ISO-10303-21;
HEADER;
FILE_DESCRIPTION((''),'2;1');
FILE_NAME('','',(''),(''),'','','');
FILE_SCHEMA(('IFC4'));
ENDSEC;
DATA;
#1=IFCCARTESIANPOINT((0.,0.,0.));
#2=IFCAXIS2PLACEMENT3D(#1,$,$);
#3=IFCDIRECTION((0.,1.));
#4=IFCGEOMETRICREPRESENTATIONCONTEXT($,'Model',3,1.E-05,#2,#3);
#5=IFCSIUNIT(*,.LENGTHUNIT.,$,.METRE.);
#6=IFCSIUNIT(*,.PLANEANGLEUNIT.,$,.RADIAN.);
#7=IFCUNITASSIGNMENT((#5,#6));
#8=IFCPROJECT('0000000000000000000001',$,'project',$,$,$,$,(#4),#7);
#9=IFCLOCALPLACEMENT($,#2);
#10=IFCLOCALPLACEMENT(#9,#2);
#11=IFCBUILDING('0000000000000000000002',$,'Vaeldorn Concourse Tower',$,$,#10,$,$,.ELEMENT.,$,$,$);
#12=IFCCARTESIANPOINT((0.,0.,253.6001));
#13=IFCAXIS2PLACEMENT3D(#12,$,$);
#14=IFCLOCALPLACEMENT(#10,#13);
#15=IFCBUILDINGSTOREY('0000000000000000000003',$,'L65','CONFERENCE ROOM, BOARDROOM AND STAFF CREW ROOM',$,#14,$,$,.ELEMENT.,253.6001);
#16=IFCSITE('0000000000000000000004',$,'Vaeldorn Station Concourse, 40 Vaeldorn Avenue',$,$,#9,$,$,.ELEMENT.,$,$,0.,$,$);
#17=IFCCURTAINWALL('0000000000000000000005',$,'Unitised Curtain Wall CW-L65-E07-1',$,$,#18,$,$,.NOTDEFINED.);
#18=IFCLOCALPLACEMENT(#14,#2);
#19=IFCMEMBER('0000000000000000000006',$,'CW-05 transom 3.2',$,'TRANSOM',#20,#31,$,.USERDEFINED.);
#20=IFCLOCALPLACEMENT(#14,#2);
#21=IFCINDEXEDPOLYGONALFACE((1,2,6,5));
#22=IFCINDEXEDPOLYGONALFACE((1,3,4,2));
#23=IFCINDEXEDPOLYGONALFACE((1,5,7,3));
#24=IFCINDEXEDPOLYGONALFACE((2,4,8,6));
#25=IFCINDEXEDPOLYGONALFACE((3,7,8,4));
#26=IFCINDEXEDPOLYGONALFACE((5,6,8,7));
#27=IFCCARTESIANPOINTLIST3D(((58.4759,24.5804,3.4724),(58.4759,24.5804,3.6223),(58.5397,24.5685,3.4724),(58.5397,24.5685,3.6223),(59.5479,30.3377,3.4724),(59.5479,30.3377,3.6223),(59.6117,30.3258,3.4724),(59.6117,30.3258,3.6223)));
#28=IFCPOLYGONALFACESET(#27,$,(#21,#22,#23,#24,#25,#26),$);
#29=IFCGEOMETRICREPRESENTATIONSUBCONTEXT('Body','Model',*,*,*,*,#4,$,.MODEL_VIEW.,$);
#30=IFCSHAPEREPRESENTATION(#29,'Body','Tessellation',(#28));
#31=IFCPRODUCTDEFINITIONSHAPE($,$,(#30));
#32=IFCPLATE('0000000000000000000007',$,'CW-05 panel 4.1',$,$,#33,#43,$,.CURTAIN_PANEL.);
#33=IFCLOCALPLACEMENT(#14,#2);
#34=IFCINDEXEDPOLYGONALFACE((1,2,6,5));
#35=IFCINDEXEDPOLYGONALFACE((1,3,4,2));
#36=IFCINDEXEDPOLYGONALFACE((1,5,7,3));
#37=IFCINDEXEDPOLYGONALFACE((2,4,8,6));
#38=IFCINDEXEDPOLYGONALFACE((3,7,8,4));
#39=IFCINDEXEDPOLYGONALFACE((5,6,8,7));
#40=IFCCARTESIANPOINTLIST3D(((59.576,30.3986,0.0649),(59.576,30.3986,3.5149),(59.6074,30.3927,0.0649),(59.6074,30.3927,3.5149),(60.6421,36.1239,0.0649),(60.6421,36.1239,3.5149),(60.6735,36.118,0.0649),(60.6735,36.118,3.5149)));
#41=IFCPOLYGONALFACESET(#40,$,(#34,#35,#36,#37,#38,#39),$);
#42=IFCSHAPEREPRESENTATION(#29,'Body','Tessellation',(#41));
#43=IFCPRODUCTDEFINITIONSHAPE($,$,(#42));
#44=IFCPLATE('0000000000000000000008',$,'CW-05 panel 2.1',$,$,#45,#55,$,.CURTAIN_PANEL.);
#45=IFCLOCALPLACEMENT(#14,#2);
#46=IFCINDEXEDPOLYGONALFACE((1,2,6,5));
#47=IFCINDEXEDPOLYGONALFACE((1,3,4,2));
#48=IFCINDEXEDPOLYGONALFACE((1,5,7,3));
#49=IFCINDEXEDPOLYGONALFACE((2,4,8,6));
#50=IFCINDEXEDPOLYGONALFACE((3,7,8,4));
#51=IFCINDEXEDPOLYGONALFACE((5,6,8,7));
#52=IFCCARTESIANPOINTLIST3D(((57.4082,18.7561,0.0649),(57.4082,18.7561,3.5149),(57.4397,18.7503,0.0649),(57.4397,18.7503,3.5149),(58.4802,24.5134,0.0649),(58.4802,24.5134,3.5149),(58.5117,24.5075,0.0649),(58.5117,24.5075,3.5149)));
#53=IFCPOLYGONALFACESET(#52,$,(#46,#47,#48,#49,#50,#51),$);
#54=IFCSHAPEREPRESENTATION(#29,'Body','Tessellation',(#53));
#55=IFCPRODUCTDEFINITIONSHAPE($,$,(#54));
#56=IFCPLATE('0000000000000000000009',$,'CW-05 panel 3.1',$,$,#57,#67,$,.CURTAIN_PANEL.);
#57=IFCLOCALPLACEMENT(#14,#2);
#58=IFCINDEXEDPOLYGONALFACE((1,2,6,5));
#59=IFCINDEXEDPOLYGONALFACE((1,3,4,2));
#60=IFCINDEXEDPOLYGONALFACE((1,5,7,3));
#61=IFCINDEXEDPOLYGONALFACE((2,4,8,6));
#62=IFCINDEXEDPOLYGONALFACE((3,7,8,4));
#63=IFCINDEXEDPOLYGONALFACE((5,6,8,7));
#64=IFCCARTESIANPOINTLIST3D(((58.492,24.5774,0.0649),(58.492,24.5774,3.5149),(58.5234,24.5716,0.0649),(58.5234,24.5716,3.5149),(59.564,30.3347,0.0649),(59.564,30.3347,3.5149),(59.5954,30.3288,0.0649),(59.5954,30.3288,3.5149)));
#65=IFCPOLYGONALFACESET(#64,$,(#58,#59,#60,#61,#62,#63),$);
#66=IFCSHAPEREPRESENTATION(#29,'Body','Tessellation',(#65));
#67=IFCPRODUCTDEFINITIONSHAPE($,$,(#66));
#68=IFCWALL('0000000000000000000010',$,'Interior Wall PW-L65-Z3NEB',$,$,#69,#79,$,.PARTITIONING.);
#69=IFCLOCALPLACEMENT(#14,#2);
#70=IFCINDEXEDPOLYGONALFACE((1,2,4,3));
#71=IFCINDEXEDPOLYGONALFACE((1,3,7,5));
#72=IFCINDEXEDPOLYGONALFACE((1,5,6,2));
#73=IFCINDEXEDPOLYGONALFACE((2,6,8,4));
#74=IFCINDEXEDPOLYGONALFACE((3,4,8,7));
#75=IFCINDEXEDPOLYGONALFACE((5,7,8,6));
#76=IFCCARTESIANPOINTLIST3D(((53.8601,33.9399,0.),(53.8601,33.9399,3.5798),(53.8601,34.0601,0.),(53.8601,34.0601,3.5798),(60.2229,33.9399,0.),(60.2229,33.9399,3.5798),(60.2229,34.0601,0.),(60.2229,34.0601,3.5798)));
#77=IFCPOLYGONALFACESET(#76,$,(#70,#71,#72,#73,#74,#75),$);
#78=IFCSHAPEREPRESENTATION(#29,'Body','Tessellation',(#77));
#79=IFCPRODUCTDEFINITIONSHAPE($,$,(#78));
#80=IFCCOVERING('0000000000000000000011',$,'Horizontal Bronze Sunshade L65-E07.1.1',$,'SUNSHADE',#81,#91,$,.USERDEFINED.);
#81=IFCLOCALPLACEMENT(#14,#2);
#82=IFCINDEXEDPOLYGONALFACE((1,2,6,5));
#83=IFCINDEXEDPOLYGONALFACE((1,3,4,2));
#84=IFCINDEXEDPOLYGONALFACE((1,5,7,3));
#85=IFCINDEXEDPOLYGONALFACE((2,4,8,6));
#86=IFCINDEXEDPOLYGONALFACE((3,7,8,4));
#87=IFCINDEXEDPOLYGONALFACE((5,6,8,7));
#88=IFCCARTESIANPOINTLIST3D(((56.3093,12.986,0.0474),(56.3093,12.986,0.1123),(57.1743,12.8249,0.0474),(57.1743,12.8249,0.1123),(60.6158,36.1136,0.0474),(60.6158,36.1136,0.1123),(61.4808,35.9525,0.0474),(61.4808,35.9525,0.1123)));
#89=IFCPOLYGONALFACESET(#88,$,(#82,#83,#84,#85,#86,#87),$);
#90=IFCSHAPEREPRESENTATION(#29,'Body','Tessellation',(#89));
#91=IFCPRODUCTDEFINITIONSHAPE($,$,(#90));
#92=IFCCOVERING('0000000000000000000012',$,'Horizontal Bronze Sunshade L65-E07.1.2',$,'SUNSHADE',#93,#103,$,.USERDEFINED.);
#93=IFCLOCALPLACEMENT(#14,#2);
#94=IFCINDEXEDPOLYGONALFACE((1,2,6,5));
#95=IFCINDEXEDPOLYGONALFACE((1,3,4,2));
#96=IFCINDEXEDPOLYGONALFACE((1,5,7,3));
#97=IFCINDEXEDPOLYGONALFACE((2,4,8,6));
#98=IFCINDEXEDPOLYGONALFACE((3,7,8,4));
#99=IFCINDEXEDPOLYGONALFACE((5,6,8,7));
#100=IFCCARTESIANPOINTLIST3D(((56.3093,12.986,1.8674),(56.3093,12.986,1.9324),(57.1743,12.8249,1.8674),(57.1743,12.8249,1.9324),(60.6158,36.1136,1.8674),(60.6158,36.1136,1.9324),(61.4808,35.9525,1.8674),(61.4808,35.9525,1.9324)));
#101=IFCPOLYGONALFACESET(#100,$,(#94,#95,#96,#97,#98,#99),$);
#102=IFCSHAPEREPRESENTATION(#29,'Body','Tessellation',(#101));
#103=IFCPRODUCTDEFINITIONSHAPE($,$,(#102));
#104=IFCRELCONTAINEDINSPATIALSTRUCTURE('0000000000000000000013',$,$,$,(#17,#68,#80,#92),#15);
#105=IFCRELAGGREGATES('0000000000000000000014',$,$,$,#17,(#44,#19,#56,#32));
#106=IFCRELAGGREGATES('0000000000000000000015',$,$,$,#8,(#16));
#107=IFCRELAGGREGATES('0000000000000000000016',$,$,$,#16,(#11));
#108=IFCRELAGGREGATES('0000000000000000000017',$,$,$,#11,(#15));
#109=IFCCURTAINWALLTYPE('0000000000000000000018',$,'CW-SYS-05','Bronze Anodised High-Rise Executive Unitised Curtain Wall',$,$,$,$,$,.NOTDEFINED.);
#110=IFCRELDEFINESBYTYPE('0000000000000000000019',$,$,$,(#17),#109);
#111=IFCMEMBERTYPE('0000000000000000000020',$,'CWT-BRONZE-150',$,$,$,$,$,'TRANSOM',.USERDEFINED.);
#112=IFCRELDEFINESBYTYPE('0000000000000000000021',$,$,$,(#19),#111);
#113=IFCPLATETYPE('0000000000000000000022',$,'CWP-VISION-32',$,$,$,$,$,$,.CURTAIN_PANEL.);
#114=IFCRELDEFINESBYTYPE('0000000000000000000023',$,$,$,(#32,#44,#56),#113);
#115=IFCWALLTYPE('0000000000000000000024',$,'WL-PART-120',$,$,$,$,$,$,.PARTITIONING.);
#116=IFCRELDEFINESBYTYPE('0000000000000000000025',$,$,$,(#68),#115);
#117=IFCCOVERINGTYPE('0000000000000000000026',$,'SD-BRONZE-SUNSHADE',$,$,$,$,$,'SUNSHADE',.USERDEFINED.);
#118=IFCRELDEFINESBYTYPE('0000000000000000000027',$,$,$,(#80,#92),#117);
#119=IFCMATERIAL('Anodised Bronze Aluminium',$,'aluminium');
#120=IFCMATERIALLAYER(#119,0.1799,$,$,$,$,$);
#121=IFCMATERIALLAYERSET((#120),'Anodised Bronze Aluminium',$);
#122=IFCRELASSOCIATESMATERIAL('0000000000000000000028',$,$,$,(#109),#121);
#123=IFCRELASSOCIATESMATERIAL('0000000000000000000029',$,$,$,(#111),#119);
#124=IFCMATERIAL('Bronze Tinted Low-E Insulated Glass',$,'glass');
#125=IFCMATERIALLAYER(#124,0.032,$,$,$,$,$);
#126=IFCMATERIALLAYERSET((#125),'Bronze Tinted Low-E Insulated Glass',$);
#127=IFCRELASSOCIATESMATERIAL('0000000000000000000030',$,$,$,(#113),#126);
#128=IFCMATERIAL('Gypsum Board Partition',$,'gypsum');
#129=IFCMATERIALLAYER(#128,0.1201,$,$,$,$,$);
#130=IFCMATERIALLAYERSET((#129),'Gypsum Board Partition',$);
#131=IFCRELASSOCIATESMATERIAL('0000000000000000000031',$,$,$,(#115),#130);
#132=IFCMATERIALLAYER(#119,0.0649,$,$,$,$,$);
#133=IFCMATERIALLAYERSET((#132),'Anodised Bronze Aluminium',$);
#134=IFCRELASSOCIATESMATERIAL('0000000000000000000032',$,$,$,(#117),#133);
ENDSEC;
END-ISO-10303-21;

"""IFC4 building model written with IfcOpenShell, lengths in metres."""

from ifc_helpers import new_model, si_unit, direction, frame, frame_2d, origin, origin_2d, place, context, subcontext, project, spatial, rectangle, extrude, source, transform, mapped, material, layer, layer_set, material_profile, profile_set, type_object, element, aggregate, save


model = new_model("IFC4")

# Units and contexts
model_context = context("Model", 3, precision=1e-05, world=origin(), true_north=direction((0.0, 1.0)))
body_context = subcontext(model_context, "Body", "Model", "MODEL_VIEW")
ifc_project = project(units=[si_unit("LENGTHUNIT", "METRE"), si_unit("PLANEANGLEUNIT", "RADIAN")], contexts=[model_context])

# Site, building, storey
site_placement = place(None, origin())
site = spatial("IfcSite", under=ifc_project, at=site_placement, Name="Vaeldorn Station Concourse, 40 Vaeldorn Avenue", CompositionType="ELEMENT", RefElevation=0.0)
building_placement = place(site_placement, origin())
building = spatial("IfcBuilding", under=site, at=building_placement, Name="Vaeldorn Concourse Tower", CompositionType="ELEMENT")
storey_placement = place(building_placement, frame((0.0, 0.0, 253.6001)))
storey = spatial("IfcBuildingStorey", under=building, at=storey_placement, Name="L65", Description="CONFERENCE ROOM, BOARDROOM AND STAFF CREW ROOM", CompositionType="ELEMENT", Elevation=253.6001)

# Curtain wall
ifc_material_1 = material(Name="Anodised Bronze Aluminium", Category="aluminium")
ifc_layer_1 = layer(ifc_material_1, 0.1799)
ifc_layer_set_1 = layer_set([ifc_layer_1], Name="Anodised Bronze Aluminium")
curtain_wall_type = type_object("IfcCurtainWallType", Name="CW-SYS-05", Description="Bronze Anodised High-Rise Executive Unitised Curtain Wall", PredefinedType="NOTDEFINED", material=ifc_layer_set_1)
curtain_wall_1_placement = place(storey_placement, origin())
curtain_wall_1 = element("IfcCurtainWall", 1, at=curtain_wall_1_placement, inside=storey, type_object=curtain_wall_type, Name="Unitised Curtain Wall CW-L65-E07-1", PredefinedType="NOTDEFINED")

# Member
ifc_material_profile_1 = material_profile(ifc_material_1, rectangle(XDim=0.0649, YDim=0.1499, at=origin_2d()), Name="CWT 65x150")
ifc_profile_set_1 = profile_set([ifc_material_profile_1], Name="Anodised Bronze Aluminium")
member_type_1 = type_object("IfcMemberType", Name="CWT-BRONZE-150", ElementType="TRANSOM", PredefinedType="USERDEFINED", material=ifc_profile_set_1)
shared_shape_1 = source(origin(), body_context, "Body", "SweptSolid", [
    extrude(rectangle(XDim=0.0649, YDim=0.1499, at=origin_2d()), origin(), (0.0, 0.0, 1.0), 5.8562),
])
member_1_placement = place(storey_placement, frame((58.5078, 24.5745, 3.5474), z_axis=(0.183055, 0.983103, 0.0), x_axis=(-0.983103, 0.183055, 0.0)))
member_1 = element("IfcMember", 2, at=member_1_placement, type_object=member_type_1, Name="CW-05 transom 3.2", ObjectType="TRANSOM", PredefinedType="USERDEFINED", context=body_context, shape_type="MappedRepresentation", body=[
    mapped(shared_shape_1, transform((0.0, 0.0, 0.0), scale=1.0)),
])

# Plates
ifc_material_2 = material(Name="Bronze Tinted Low-E Insulated Glass", Category="glass")
ifc_layer_2 = layer(ifc_material_2, 0.032)
ifc_layer_set_2 = layer_set([ifc_layer_2], Name="Bronze Tinted Low-E Insulated Glass")
plate_type = type_object("IfcPlateType", Name="CWP-VISION-32", PredefinedType="CURTAIN_PANEL", material=ifc_layer_set_2)
shared_shape_2 = source(origin(), body_context, "Body", "SweptSolid", [
    extrude(rectangle(XDim=5.8237, YDim=0.032, at=origin_2d()), origin(), (0.0, 0.0, 1.0), 3.45),
])
plate_1_placement = place(storey_placement, frame((60.1248, 33.2583, 0.0649), z_axis=(0.0, 0.0, 1.0), x_axis=(0.183055, 0.983103, 0.0)))
plate_1 = element("IfcPlate", 3, at=plate_1_placement, type_object=plate_type, Name="CW-05 panel 4.1", PredefinedType="CURTAIN_PANEL", context=body_context, shape_type="MappedRepresentation", body=[
    mapped(shared_shape_2, transform((0.0, 0.0, 0.0), scale=1.0)),
])
shared_shape_3 = source(origin(), body_context, "Body", "SweptSolid", [
    extrude(rectangle(XDim=5.8562, YDim=0.032, at=origin_2d()), origin(), (0.0, 0.0, 1.0), 3.45),
])
plate_2_placement = place(storey_placement, frame((57.96, 21.6318, 0.0649), z_axis=(0.0, 0.0, 1.0), x_axis=(0.183055, 0.983103, 0.0)))
plate_2 = element("IfcPlate", 4, at=plate_2_placement, type_object=plate_type, Name="CW-05 panel 2.1", PredefinedType="CURTAIN_PANEL", context=body_context, shape_type="MappedRepresentation", body=[
    mapped(shared_shape_3, transform((0.0, 0.0, 0.0), scale=1.0)),
])
plate_3_placement = place(storey_placement, frame((59.0437, 27.4531, 0.0649), z_axis=(0.0, 0.0, 1.0), x_axis=(0.183055, 0.983103, 0.0)))
plate_3 = element("IfcPlate", 5, at=plate_3_placement, type_object=plate_type, Name="CW-05 panel 3.1", PredefinedType="CURTAIN_PANEL", context=body_context, shape_type="MappedRepresentation", body=[
    mapped(shared_shape_3, transform((0.0, 0.0, 0.0), scale=1.0)),
])
aggregate(curtain_wall_1, [plate_2, member_1, plate_3, plate_1])

# Shared definitions
ifc_material_3 = material(Name="Gypsum Board Partition", Category="gypsum")
ifc_layer_3 = layer(ifc_material_3, 0.1201)
ifc_layer_set_3 = layer_set([ifc_layer_3], Name="Gypsum Board Partition")
wall_type = type_object("IfcWallType", Name="WL-PART-120", PredefinedType="PARTITIONING", material=ifc_layer_set_3)

# Wall
wall_1_placement = place(storey_placement, frame((53.8601, 34.0, 0.0), z_axis=(0.0, 0.0, 1.0), x_axis=(1.0, 0.0, 0.0)))
element("IfcWall", 6, at=wall_1_placement, inside=storey, type_object=wall_type, Name="Interior Wall PW-L65-Z3NEB", PredefinedType="PARTITIONING", context=body_context, shape_type="SweptSolid", body=[
    extrude(rectangle(XDim=6.3628, YDim=0.1201, at=frame_2d((3.1814, 0.0))), origin(), (0.0, 0.0, 1.0), 3.5798),
])

# Coverings
ifc_layer_4 = layer(ifc_material_1, 0.0649)
ifc_layer_set_4 = layer_set([ifc_layer_4], Name="Anodised Bronze Aluminium")
covering_type = type_object("IfcCoveringType", Name="SD-BRONZE-SUNSHADE", ElementType="SUNSHADE", PredefinedType="USERDEFINED", material=ifc_layer_set_4)
shared_shape_4 = source(origin(), body_context, "Body", "SweptSolid", [
    extrude(rectangle(XDim=23.5251, YDim=0.8799, at=origin_2d()), origin(), (0.0, 0.0, 1.0), 0.0649),
])
for number, where, z_axis, x_axis, name in (
    (7, (58.895, 24.4692, 0.0474), (0.0, 0.0, 1.0), (0.183059, 0.983102, 0.0), "Horizontal Bronze Sunshade L65-E07.1.1"),
    (8, (58.895, 24.4692, 1.8674), (0.0, 0.0, 1.0), (0.183059, 0.983102, 0.0), "Horizontal Bronze Sunshade L65-E07.1.2"),
):
    element("IfcCovering", number, at=place(storey_placement, frame(where, z_axis=z_axis, x_axis=x_axis)), inside=storey, type_object=covering_type, Name=name, ObjectType="SUNSHADE", PredefinedType="USERDEFINED", context=body_context, shape_type="MappedRepresentation", body=[
        mapped(shared_shape_4, transform((0.0, 0.0, 0.0), scale=1.0)),
    ])

save(model, "model.ifc")
